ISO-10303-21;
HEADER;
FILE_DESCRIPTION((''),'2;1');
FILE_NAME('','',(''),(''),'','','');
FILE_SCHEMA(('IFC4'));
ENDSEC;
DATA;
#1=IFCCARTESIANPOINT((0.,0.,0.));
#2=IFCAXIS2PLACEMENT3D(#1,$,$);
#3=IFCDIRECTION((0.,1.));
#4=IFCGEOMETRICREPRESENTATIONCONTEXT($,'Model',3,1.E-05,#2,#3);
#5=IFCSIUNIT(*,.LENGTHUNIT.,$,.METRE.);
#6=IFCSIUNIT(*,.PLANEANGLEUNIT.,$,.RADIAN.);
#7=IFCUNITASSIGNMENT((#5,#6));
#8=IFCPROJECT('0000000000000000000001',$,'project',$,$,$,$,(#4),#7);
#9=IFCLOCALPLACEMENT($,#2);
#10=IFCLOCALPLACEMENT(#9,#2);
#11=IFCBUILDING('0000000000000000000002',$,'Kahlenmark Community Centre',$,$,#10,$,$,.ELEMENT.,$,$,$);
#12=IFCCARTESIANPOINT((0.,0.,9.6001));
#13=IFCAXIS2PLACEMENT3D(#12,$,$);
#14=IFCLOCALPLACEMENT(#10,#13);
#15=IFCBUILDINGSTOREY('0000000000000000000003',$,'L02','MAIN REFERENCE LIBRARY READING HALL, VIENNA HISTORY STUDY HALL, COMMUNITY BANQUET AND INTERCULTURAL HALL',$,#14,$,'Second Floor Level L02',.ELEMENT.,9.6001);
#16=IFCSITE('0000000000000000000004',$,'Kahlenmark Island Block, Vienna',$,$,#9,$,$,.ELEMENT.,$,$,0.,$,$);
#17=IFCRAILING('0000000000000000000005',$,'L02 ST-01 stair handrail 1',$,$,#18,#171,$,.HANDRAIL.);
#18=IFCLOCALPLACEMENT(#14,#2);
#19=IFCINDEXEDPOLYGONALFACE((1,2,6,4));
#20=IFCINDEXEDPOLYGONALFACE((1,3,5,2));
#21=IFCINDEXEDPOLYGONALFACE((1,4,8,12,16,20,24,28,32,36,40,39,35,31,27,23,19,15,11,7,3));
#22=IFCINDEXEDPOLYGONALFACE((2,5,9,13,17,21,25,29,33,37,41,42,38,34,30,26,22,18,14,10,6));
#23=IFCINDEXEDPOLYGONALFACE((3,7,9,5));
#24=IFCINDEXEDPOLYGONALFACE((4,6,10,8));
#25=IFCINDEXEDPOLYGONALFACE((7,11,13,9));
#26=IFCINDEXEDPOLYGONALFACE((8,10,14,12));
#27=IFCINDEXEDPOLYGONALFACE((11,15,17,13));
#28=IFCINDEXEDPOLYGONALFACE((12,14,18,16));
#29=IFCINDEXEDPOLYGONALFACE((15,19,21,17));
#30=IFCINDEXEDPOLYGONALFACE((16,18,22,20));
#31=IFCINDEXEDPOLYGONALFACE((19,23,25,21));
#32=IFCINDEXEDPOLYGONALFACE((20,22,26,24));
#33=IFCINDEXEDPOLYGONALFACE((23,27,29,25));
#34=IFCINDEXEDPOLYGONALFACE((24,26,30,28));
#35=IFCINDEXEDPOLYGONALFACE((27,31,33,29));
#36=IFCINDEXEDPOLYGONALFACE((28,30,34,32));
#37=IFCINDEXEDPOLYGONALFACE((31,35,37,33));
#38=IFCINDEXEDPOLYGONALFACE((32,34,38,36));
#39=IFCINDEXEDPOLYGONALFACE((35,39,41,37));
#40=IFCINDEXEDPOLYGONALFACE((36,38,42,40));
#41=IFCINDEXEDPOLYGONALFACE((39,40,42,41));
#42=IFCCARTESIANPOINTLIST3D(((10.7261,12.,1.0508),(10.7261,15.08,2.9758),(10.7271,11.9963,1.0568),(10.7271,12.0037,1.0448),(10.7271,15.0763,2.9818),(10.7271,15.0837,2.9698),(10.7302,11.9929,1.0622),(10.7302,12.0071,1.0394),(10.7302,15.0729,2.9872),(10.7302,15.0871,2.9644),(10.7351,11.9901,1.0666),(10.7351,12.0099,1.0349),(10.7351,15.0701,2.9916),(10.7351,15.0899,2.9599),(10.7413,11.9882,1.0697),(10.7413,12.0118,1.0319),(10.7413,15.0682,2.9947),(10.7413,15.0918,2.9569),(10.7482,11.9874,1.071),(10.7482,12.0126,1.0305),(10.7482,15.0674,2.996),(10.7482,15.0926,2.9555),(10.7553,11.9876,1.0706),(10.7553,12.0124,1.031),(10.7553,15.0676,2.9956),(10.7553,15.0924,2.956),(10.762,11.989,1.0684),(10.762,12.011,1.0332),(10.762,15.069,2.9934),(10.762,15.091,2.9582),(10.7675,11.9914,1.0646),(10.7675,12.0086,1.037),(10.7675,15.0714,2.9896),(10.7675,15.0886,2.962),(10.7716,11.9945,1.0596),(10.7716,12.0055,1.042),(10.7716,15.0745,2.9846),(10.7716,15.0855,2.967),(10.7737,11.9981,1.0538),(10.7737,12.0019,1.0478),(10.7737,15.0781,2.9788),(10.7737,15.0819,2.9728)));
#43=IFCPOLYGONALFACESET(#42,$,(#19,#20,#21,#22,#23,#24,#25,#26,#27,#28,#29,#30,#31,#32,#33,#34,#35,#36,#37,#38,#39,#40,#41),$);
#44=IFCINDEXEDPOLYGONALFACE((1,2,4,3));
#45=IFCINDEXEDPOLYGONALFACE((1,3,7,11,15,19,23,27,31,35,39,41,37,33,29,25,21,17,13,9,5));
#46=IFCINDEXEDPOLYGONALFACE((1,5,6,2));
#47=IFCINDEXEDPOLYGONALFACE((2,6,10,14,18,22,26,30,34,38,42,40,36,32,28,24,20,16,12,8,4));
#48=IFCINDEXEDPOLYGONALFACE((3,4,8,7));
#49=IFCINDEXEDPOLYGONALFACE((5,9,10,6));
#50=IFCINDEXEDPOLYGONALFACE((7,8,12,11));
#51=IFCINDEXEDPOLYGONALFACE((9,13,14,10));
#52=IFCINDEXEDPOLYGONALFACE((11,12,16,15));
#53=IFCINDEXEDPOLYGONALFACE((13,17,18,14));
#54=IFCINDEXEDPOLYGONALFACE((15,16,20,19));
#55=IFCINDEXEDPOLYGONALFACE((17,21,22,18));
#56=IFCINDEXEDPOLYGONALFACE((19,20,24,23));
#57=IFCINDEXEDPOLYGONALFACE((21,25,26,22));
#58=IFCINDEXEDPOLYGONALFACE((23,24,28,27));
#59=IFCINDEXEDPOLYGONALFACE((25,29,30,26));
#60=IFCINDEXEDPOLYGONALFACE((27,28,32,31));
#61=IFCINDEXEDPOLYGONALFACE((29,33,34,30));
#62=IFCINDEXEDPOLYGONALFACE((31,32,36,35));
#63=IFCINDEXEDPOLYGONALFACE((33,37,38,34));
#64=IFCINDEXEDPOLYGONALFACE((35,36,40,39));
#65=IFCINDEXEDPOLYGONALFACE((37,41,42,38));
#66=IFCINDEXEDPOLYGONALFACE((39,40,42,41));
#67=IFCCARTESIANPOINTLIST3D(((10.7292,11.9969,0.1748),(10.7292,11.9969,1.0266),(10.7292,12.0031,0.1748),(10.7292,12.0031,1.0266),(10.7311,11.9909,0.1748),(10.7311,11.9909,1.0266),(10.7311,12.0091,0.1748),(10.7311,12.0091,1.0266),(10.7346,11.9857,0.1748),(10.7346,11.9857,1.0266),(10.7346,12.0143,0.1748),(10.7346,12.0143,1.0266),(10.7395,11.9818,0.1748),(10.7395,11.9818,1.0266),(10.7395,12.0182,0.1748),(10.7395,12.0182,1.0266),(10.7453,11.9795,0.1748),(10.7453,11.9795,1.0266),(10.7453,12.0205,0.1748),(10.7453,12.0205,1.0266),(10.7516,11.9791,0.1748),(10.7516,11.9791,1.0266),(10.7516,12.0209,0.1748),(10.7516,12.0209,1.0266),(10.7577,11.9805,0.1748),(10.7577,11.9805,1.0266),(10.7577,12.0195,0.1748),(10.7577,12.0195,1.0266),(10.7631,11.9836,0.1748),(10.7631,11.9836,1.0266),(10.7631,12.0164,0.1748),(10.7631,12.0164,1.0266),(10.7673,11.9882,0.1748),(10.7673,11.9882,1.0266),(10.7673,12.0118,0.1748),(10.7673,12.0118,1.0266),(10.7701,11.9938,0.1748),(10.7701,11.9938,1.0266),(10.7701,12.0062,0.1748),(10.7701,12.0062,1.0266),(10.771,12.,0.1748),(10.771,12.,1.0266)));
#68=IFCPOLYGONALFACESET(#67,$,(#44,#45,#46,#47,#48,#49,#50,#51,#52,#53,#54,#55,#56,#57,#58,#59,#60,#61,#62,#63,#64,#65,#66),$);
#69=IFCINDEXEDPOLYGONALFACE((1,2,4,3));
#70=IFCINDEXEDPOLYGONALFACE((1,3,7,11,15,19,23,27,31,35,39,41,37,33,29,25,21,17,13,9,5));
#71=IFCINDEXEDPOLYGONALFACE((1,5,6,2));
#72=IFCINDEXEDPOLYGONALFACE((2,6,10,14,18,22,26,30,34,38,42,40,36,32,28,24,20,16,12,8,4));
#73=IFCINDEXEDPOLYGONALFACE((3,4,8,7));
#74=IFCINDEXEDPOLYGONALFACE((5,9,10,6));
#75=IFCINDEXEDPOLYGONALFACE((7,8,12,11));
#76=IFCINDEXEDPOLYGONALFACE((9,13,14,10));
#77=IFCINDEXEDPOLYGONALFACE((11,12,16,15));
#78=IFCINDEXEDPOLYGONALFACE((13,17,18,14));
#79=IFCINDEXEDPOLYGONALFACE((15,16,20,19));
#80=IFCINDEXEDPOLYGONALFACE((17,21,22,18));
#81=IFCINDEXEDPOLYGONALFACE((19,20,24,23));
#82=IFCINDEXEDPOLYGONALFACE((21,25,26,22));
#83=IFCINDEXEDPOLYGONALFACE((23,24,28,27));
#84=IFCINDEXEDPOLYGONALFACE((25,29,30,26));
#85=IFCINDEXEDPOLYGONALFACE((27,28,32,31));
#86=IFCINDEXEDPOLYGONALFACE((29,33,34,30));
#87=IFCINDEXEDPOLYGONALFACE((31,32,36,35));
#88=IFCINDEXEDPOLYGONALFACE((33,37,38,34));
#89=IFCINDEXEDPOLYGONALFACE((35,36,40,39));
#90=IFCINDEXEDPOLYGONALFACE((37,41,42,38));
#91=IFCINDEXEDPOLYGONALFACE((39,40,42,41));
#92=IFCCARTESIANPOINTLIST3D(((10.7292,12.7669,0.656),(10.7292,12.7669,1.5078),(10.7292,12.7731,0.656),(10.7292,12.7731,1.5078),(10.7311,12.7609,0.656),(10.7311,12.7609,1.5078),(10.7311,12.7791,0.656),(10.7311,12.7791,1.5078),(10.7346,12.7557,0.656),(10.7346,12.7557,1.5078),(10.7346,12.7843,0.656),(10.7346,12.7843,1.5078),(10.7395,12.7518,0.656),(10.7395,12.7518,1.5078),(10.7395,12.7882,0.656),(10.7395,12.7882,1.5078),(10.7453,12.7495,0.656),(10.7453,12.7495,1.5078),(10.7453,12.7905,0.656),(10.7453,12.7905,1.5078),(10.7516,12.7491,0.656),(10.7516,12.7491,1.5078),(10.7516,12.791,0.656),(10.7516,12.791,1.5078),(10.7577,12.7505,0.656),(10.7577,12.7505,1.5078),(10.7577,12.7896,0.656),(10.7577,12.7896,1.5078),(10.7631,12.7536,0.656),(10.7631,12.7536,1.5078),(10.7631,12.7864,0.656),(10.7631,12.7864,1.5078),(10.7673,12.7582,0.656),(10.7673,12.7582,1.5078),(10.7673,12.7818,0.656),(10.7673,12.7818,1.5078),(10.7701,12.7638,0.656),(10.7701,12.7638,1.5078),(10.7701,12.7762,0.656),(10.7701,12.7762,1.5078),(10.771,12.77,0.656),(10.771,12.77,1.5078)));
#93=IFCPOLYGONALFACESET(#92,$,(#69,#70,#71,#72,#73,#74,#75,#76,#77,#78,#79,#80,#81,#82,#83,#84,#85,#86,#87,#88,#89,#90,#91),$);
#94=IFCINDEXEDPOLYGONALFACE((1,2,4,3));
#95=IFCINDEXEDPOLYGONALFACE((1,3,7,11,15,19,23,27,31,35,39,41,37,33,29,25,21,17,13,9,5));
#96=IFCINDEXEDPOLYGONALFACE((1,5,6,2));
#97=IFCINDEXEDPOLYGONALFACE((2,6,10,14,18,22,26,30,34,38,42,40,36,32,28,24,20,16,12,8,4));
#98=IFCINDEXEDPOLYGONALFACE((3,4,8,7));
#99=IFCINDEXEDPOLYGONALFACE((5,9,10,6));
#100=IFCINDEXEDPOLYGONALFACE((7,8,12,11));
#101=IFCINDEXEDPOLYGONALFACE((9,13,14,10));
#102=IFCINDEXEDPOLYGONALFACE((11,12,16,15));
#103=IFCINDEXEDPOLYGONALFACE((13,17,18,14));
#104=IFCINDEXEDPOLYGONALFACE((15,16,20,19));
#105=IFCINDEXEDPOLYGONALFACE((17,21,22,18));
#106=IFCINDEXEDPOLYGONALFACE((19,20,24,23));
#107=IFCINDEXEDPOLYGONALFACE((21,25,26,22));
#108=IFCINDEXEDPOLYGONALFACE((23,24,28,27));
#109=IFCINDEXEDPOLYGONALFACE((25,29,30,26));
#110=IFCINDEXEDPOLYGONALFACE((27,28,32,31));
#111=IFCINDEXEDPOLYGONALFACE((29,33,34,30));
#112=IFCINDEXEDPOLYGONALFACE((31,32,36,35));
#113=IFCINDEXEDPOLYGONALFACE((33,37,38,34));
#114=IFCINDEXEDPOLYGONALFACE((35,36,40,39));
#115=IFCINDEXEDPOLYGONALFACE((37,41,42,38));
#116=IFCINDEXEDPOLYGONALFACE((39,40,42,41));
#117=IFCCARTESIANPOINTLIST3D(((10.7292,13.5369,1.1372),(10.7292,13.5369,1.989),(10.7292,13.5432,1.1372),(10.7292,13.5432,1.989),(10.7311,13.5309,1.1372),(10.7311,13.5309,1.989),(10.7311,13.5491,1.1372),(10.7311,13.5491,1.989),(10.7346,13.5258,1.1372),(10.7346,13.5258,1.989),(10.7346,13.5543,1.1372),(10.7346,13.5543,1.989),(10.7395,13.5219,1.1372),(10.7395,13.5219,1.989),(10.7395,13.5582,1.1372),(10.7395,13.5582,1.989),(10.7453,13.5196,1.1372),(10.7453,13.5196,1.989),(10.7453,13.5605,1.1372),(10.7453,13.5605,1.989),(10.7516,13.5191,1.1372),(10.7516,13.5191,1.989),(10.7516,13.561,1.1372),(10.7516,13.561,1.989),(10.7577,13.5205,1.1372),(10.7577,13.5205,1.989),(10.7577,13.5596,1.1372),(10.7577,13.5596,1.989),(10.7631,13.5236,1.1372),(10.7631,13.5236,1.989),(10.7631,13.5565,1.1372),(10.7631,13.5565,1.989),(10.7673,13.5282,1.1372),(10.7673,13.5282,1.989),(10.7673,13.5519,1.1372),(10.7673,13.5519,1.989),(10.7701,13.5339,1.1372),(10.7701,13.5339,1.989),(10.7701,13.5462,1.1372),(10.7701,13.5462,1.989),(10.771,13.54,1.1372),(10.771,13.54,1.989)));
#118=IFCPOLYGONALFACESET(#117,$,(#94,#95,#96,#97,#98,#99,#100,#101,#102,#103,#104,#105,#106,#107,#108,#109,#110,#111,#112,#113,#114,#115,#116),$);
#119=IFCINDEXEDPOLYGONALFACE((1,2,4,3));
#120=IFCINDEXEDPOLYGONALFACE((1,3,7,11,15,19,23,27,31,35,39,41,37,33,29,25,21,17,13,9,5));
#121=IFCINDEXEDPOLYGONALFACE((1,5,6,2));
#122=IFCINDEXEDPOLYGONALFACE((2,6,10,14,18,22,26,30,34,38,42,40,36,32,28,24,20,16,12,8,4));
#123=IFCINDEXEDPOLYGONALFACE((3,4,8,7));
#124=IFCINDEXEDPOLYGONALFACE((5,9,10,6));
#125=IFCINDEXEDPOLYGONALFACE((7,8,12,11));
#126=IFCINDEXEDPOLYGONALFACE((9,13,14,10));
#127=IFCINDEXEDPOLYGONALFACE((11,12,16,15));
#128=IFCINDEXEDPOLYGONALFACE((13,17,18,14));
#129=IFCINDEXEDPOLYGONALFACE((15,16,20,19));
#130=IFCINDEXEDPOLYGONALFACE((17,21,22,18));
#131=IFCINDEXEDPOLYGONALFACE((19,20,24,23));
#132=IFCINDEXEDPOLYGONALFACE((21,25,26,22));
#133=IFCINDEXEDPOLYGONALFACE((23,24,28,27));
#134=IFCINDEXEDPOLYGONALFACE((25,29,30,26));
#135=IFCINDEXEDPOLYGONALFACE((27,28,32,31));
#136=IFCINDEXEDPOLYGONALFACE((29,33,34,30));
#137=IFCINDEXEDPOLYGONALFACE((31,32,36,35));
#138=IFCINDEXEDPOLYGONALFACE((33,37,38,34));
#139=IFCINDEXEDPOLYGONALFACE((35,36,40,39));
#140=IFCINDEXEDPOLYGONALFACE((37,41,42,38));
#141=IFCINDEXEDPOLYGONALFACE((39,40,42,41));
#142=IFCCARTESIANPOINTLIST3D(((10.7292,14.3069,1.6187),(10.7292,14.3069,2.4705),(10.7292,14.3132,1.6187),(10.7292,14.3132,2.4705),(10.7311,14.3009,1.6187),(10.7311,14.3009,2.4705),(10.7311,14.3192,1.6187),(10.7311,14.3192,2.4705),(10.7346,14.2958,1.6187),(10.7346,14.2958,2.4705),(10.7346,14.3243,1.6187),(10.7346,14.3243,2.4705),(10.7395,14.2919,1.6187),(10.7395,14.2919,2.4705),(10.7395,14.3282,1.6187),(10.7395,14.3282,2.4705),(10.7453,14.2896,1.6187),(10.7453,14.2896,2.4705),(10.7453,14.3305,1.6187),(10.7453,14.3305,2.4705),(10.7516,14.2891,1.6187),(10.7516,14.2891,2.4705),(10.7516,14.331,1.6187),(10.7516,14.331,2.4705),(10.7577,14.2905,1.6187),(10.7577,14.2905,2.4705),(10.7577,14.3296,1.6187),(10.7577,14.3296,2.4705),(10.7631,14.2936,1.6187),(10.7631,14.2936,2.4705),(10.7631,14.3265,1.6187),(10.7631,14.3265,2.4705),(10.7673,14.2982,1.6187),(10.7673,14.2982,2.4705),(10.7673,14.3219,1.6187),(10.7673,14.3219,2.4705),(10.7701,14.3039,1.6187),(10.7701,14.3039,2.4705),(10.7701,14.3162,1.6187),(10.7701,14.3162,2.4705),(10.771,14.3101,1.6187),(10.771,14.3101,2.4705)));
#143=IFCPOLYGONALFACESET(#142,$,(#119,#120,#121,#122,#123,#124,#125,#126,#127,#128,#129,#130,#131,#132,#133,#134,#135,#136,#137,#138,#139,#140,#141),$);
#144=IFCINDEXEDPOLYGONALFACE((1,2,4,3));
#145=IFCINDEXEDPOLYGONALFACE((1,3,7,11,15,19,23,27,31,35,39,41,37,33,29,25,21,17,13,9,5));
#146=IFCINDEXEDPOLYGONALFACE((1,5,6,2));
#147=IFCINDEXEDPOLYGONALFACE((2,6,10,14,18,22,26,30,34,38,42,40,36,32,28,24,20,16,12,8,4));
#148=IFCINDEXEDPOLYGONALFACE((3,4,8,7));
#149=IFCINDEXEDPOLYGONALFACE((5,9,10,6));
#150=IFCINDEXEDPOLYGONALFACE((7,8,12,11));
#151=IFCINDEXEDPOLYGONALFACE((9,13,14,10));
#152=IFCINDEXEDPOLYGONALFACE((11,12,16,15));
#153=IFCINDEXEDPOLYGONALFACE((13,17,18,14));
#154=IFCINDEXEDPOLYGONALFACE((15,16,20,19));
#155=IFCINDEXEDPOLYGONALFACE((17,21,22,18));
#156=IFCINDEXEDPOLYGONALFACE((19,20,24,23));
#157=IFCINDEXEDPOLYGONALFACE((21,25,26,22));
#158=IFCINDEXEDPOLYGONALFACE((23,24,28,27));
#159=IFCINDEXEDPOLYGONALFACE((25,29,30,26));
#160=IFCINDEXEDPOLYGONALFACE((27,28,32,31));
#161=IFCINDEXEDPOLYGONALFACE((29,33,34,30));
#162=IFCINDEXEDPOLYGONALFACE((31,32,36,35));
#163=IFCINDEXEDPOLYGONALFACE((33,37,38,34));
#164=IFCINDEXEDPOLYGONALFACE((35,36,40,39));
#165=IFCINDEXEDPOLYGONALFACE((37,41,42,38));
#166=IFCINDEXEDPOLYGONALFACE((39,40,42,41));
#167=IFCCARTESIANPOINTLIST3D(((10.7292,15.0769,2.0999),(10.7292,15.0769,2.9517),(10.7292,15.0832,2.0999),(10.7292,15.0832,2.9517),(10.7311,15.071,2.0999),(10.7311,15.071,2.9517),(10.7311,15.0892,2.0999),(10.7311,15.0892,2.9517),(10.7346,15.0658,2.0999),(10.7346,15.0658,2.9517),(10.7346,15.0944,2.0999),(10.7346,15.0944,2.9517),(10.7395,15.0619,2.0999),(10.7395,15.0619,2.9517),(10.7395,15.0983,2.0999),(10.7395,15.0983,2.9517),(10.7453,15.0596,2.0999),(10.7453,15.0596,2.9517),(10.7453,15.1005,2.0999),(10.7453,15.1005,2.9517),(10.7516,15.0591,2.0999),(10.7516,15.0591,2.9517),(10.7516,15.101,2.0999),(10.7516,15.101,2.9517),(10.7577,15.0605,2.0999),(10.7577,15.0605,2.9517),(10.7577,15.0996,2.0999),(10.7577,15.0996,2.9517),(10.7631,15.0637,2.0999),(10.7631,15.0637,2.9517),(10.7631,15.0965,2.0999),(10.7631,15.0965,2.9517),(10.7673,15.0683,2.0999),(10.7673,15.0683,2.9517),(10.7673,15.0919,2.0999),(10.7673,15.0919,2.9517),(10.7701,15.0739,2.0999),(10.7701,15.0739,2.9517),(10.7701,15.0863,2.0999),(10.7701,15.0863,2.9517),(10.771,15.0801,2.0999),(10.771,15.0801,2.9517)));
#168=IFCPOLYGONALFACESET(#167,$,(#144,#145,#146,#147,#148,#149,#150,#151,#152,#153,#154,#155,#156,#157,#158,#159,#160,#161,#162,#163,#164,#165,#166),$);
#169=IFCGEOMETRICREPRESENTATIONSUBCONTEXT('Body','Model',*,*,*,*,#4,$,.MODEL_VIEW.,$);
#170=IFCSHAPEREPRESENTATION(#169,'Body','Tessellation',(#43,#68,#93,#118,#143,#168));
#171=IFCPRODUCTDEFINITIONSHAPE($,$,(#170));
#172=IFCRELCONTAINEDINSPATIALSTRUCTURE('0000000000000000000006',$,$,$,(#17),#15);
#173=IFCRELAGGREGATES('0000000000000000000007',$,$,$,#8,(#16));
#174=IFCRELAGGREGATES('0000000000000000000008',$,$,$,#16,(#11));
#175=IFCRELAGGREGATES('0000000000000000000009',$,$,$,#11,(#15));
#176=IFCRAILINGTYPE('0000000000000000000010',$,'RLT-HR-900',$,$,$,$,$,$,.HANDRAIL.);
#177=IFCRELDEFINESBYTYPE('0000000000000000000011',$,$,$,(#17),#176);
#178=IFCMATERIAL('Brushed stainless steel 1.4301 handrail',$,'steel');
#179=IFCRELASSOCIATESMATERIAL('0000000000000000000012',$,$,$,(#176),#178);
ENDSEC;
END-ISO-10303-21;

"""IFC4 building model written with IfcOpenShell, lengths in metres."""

from ifc_helpers import new_model, si_unit, direction, frame, origin, origin_2d, place, context, subcontext, project, spatial, circle, extrude, material, type_object, element, save


model = new_model("IFC4")

# Units and contexts
model_context = context("Model", 3, precision=1e-05, world=origin(), true_north=direction((0.0, 1.0)))
body_context = subcontext(model_context, "Body", "Model", "MODEL_VIEW")
ifc_project = project(units=[si_unit("LENGTHUNIT", "METRE"), si_unit("PLANEANGLEUNIT", "RADIAN")], contexts=[model_context])

# Site, building, storey
site_placement = place(None, origin())
site = spatial("IfcSite", under=ifc_project, at=site_placement, Name="Kahlenmark Island Block, Vienna", CompositionType="ELEMENT", RefElevation=0.0)
building_placement = place(site_placement, origin())
building = spatial("IfcBuilding", under=site, at=building_placement, Name="Kahlenmark Community Centre", CompositionType="ELEMENT")
storey_placement = place(building_placement, frame((0.0, 0.0, 9.6001)))
storey = spatial("IfcBuildingStorey", under=building, at=storey_placement, Name="L02", Description="MAIN REFERENCE LIBRARY READING HALL, VIENNA HISTORY STUDY HALL, COMMUNITY BANQUET AND INTERCULTURAL HALL", LongName="Second Floor Level L02", CompositionType="ELEMENT", Elevation=9.6001)

# Railing
ifc_material_1 = material(Name="Brushed stainless steel 1.4301 handrail", Category="steel")
railing_type_1 = type_object("IfcRailingType", Name="RLT-HR-900", PredefinedType="HANDRAIL", material=ifc_material_1)
railing_1_placement = place(storey_placement, frame((10.75, 12.0, 0.1748)))
element("IfcRailing", 1, at=railing_1_placement, inside=storey, type_object=railing_type_1, Name="L02 ST-01 stair handrail 1", PredefinedType="HANDRAIL", context=body_context, shape_type="SweptSolid", body=[
    extrude(circle(Radius=0.0239, at=origin_2d()), frame((0.0, 0.0, 0.876), z_axis=(0.0, 0.847998, 0.529999), x_axis=(-1.0, 0.0, 0.0)), (0.0, 0.0, 1.0), 3.6321),
    extrude(circle(Radius=0.021, at=origin_2d()), origin(), (0.0, 0.0, 1.0), 0.8518),
    extrude(circle(Radius=0.021, at=origin_2d()), frame((0.0, 0.77, 0.4812)), (0.0, 0.0, 1.0), 0.8518),
    extrude(circle(Radius=0.021, at=origin_2d()), frame((0.0, 1.54, 0.9624)), (0.0, 0.0, 1.0), 0.8518),
    extrude(circle(Radius=0.021, at=origin_2d()), frame((0.0, 2.3101, 1.4438)), (0.0, 0.0, 1.0), 0.8518),
    extrude(circle(Radius=0.021, at=origin_2d()), frame((0.0, 3.0801, 1.925)), (0.0, 0.0, 1.0), 0.8518),
])

save(model, "model.ifc")
